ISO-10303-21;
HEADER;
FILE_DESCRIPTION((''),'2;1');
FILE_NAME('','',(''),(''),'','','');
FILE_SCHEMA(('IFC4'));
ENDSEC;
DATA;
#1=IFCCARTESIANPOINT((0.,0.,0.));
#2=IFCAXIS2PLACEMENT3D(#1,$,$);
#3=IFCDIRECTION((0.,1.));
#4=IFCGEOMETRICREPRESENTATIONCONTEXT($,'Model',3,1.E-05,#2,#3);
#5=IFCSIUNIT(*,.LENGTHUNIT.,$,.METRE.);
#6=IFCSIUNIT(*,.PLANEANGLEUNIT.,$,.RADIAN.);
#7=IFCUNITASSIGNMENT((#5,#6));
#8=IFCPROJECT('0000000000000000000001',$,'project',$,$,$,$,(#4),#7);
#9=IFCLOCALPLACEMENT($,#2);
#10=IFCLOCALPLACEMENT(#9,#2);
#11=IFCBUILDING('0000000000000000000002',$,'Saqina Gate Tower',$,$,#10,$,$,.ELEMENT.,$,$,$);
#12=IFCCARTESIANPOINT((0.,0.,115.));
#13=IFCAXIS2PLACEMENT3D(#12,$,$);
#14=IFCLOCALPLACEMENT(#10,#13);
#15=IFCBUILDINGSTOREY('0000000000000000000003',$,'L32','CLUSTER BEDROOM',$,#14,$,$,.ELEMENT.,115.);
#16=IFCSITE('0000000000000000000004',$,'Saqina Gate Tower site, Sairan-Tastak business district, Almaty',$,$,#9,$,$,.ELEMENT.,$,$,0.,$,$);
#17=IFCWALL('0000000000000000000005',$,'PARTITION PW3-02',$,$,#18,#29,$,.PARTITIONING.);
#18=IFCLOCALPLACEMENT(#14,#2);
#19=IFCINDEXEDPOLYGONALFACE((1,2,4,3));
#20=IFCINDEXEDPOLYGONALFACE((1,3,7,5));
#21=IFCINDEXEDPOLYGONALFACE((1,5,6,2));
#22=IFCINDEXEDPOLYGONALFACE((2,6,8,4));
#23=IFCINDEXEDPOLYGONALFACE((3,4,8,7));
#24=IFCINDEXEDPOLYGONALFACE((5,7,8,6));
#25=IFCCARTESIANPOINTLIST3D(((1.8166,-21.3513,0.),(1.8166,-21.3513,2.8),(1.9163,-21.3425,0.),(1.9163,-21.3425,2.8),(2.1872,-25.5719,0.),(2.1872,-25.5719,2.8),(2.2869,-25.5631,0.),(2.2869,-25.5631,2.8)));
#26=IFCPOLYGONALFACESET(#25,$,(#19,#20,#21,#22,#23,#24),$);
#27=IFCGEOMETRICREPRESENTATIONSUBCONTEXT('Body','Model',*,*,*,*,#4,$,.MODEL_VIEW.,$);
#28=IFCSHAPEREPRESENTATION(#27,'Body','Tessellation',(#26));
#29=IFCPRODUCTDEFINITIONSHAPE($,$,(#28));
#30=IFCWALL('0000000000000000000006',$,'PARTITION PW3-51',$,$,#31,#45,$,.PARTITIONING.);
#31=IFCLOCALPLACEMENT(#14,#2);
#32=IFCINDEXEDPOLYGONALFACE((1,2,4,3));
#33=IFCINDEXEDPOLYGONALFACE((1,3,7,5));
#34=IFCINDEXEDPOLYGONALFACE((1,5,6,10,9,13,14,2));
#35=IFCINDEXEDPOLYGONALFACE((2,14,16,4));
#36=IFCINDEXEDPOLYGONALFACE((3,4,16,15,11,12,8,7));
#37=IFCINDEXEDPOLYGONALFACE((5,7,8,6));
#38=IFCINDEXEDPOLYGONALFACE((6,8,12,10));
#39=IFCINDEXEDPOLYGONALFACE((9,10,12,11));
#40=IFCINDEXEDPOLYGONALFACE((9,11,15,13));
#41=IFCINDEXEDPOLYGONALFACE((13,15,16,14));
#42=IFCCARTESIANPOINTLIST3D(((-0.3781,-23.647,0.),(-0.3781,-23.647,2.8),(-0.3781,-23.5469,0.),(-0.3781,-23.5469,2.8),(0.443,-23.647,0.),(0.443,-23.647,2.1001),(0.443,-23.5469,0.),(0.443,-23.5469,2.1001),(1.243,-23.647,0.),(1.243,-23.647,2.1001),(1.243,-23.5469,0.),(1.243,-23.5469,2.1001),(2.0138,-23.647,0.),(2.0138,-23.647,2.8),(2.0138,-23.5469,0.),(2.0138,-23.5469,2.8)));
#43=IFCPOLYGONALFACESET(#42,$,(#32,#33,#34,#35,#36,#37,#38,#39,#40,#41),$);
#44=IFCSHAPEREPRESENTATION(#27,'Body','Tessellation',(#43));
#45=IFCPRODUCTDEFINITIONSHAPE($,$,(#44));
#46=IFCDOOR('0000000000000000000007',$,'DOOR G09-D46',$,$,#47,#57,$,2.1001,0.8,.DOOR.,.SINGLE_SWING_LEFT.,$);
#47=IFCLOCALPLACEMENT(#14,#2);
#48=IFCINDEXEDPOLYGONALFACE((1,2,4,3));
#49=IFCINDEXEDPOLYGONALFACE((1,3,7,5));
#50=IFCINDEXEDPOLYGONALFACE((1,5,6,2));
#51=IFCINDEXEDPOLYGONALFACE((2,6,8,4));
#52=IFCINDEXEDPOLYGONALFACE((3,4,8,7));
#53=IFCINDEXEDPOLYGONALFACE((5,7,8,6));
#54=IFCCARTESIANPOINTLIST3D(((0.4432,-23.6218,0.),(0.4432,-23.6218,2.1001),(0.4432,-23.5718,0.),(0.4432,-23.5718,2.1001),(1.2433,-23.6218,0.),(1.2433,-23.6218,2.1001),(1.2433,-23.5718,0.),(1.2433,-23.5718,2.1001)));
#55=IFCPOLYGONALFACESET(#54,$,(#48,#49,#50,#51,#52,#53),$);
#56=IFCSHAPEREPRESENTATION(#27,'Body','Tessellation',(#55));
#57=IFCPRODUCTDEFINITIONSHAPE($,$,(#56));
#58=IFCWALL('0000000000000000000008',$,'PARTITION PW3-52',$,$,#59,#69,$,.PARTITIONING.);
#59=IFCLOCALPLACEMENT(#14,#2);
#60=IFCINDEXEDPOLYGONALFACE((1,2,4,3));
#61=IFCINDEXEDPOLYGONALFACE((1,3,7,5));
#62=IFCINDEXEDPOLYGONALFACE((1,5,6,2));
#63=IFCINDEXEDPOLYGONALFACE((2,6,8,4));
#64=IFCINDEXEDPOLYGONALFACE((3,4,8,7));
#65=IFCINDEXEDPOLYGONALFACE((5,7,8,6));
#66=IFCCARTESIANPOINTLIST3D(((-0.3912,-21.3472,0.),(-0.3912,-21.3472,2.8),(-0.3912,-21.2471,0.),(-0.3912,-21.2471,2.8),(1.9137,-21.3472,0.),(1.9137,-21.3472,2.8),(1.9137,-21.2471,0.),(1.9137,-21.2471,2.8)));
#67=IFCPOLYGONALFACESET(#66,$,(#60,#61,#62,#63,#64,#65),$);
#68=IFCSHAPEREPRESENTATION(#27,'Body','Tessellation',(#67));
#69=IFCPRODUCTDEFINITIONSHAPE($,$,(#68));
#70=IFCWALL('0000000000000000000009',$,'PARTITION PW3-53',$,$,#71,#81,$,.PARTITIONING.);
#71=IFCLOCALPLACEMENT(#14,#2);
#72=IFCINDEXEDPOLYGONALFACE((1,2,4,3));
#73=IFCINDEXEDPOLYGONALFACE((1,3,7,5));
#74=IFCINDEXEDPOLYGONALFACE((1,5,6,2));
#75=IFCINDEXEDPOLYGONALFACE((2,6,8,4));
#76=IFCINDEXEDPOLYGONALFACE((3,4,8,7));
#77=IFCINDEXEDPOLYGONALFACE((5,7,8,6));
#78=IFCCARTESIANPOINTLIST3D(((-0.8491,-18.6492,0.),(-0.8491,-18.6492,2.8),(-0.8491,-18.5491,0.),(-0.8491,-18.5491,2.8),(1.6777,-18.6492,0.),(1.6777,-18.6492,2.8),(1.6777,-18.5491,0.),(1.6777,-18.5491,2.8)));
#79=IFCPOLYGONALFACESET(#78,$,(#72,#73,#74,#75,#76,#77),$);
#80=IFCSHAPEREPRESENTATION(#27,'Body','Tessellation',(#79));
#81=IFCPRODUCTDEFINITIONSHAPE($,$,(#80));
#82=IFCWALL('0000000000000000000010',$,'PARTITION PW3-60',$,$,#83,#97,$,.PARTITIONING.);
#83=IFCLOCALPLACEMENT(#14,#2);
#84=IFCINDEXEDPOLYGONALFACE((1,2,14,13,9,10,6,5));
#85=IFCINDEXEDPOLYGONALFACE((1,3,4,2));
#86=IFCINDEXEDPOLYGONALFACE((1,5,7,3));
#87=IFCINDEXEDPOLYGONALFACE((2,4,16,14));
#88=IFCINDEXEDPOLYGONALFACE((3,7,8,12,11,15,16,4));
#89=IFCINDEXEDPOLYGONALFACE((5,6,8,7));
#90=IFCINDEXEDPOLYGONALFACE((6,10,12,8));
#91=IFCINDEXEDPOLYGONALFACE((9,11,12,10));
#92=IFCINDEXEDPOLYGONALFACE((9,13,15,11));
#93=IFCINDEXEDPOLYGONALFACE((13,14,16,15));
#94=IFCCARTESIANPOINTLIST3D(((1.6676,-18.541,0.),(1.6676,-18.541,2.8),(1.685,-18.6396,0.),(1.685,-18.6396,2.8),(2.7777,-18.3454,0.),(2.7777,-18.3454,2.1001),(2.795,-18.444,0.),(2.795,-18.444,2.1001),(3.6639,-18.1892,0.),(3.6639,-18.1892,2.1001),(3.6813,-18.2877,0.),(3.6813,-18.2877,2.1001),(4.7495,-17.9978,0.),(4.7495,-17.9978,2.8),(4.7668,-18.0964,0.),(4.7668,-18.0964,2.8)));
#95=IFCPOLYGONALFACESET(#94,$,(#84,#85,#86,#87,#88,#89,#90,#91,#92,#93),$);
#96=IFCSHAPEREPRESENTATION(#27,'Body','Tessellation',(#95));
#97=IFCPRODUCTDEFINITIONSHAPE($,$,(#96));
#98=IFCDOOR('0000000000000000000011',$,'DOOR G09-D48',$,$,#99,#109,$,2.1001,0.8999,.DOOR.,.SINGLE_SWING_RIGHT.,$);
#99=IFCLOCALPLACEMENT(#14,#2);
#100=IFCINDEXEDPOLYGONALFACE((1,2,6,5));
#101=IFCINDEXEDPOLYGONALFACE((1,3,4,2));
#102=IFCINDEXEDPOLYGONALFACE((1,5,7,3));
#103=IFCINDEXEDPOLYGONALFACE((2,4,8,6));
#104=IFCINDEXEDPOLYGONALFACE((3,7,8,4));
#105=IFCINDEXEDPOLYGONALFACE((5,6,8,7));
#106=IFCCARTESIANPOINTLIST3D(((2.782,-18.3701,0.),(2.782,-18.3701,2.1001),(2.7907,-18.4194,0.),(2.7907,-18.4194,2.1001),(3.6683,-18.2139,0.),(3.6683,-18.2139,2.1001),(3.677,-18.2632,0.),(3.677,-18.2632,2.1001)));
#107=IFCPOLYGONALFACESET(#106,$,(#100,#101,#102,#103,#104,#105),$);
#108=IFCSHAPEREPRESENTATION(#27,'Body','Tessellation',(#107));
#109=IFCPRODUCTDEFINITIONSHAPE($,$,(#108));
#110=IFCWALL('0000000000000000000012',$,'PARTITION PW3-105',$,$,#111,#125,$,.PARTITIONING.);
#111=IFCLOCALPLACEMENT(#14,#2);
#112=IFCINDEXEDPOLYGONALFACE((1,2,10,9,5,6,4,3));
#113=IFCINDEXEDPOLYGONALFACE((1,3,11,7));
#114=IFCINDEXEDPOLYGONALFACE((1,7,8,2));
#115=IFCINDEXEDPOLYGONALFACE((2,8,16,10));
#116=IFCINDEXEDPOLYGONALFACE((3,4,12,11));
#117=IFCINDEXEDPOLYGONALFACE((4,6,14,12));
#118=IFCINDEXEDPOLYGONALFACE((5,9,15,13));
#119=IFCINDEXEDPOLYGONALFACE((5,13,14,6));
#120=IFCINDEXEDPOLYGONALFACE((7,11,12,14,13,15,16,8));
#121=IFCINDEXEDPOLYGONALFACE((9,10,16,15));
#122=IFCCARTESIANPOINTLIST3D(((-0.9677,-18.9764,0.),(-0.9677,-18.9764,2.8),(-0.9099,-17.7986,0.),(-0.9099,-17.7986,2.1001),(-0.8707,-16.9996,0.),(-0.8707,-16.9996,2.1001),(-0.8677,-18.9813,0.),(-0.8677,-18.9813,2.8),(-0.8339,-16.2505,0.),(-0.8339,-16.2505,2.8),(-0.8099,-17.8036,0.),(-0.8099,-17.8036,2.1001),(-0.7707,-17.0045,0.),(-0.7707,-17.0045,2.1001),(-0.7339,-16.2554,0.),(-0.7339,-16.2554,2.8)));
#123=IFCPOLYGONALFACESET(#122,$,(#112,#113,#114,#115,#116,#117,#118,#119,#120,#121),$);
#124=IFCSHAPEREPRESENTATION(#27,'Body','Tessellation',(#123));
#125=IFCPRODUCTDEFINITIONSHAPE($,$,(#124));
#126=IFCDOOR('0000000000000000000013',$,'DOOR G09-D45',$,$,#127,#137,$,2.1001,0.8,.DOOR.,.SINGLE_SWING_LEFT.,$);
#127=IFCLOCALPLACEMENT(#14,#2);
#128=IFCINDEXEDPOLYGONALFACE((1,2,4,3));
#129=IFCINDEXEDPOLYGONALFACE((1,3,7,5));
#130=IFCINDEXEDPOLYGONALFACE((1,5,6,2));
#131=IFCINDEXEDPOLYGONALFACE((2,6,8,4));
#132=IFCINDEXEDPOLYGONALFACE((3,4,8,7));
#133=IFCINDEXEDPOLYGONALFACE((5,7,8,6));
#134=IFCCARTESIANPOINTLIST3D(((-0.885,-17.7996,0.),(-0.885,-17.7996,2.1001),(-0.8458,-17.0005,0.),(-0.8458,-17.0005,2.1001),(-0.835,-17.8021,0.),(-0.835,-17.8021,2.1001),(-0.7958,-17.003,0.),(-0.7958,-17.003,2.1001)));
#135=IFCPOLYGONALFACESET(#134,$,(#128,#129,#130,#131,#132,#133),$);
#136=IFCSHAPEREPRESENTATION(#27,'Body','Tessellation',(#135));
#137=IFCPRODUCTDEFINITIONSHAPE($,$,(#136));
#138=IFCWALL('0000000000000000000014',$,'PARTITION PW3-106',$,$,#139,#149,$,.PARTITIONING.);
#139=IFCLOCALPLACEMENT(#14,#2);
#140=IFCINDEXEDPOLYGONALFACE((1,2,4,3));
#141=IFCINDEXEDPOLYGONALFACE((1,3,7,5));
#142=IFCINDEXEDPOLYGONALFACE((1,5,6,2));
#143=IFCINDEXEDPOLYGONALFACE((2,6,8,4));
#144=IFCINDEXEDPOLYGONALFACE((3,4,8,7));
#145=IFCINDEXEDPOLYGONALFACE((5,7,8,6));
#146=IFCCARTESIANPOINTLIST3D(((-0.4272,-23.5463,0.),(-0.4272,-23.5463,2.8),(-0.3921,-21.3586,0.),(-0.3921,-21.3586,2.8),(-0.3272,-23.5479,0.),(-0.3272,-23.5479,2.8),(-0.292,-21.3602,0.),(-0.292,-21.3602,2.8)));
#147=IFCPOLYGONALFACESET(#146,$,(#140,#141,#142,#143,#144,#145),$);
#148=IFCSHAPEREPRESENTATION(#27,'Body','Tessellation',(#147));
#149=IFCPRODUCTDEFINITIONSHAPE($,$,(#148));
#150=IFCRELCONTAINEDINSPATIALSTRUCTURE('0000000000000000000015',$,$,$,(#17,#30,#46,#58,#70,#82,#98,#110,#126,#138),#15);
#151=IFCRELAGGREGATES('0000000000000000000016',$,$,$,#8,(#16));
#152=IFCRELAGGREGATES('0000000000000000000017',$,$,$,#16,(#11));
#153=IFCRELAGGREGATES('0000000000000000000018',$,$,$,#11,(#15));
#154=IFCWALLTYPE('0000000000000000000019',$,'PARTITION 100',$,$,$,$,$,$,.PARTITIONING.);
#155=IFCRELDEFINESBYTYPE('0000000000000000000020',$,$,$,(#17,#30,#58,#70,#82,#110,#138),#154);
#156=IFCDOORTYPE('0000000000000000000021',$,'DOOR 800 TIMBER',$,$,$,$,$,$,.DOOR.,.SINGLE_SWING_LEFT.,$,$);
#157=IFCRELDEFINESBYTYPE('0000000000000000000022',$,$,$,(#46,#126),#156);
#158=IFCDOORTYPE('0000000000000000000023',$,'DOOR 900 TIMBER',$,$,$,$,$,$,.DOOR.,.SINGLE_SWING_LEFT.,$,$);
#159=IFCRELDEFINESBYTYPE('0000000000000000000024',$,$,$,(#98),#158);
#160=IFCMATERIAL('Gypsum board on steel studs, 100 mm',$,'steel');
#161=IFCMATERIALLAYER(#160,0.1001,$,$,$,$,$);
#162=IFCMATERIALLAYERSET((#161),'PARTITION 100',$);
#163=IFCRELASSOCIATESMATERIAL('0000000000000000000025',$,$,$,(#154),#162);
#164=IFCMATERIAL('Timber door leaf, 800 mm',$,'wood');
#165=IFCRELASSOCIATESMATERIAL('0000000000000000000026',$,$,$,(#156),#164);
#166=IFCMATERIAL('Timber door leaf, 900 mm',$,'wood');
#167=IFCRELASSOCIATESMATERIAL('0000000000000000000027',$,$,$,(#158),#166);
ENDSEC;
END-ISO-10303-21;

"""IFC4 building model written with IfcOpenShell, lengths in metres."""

from ifc_helpers import new_model, si_unit, direction, frame, frame_2d, origin, place, context, subcontext, project, spatial, rectangle, extrude, material, layer, layer_set, type_object, element, fill, save


model = new_model("IFC4")

# Units and contexts
model_context = context("Model", 3, precision=1e-05, world=origin(), true_north=direction((0.0, 1.0)))
body_context = subcontext(model_context, "Body", "Model", "MODEL_VIEW")
ifc_project = project(units=[si_unit("LENGTHUNIT", "METRE"), si_unit("PLANEANGLEUNIT", "RADIAN")], contexts=[model_context])

# Site, building, storey
site_placement = place(None, origin())
site = spatial("IfcSite", under=ifc_project, at=site_placement, Name="Saqina Gate Tower site, Sairan-Tastak business district, Almaty", CompositionType="ELEMENT", RefElevation=0.0)
building_placement = place(site_placement, origin())
building = spatial("IfcBuilding", under=site, at=building_placement, Name="Saqina Gate Tower", CompositionType="ELEMENT")
storey_placement = place(building_placement, frame((0.0, 0.0, 115.0)))
storey = spatial("IfcBuildingStorey", under=building, at=storey_placement, Name="L32", Description="CLUSTER BEDROOM", CompositionType="ELEMENT", Elevation=115.0)

# Wall
ifc_material_1 = material(Name="Gypsum board on steel studs, 100 mm", Category="steel")
ifc_layer_1 = layer(ifc_material_1, 0.1001)
ifc_layer_set_1 = layer_set([ifc_layer_1], Name="PARTITION 100")
wall_type_1 = type_object("IfcWallType", Name="PARTITION 100", PredefinedType="PARTITIONING", material=ifc_layer_set_1)
wall_1_placement = place(storey_placement, frame((1.8665, -21.3469, 0.0), z_axis=(0.0, 0.0, 1.0), x_axis=(0.087475, -0.996167, 0.0)))
element("IfcWall", 1, at=wall_1_placement, inside=storey, type_object=wall_type_1, Name="PARTITION PW3-02", PredefinedType="PARTITIONING", context=body_context, shape_type="SweptSolid", body=[
    extrude(rectangle(XDim=4.2368, YDim=0.1001, at=frame_2d((2.1184, 0.0))), origin(), (0.0, 0.0, 1.0), 2.8),
])

# Wall, opening, door
wall_2_placement = place(storey_placement, frame((-0.3779, -23.5969, 0.0), z_axis=(0.0, 0.0, 1.0), x_axis=(1.0, 0.0, 0.0)))
wall_2 = element("IfcWall", 2, at=wall_2_placement, inside=storey, type_object=wall_type_1, Name="PARTITION PW3-51", PredefinedType="PARTITIONING", context=body_context, shape_type="SweptSolid", body=[
    extrude(rectangle(XDim=2.3918, YDim=0.1001, at=frame_2d((1.1958, 0.0))), origin(), (0.0, 0.0, 1.0), 2.8),
])
opening_1_placement = place(wall_2_placement, frame((0.821, 0.0, 0.0)))
opening_1 = element("IfcOpeningElement", 3, at=opening_1_placement, cuts=wall_2, PredefinedType="OPENING", context=body_context, shape_type="SweptSolid", body=[
    extrude(rectangle(XDim=0.8, YDim=2.1001, at=frame_2d((0.3999, 1.05))), frame((0.0, 0.062, 0.0), z_axis=(0.0, -1.0, 0.0), x_axis=(1.0, 0.0, 0.0)), (0.0, 0.0, 1.0), 0.124),
])
ifc_material_2 = material(Name="Timber door leaf, 800 mm", Category="wood")
door_type_1 = type_object("IfcDoorType", Name="DOOR 800 TIMBER", OperationType="SINGLE_SWING_LEFT", PredefinedType="DOOR", material=ifc_material_2)
door_1_placement = place(opening_1_placement, frame((0.8, 0.0, 0.0), z_axis=(0.0, 0.0, 1.0), x_axis=(-1.0, 0.0, 0.0)))
door_1 = element("IfcDoor", 4, at=door_1_placement, inside=storey, type_object=door_type_1, Name="DOOR G09-D46", OperationType="SINGLE_SWING_LEFT", OverallHeight=2.1001, OverallWidth=0.8, PredefinedType="DOOR", context=body_context, shape_type="SweptSolid", body=[
    extrude(rectangle(XDim=0.8, YDim=2.1001, at=frame_2d((0.3999, 1.05))), frame((0.0, 0.0249, 0.0), z_axis=(0.0, -1.0, 0.0), x_axis=(1.0, 0.0, 0.0)), (0.0, 0.0, 1.0), 0.05),
])
fill(opening_1, door_1)

# Walls
wall_3_placement = place(storey_placement, frame((-0.3911, -21.2971, 0.0), z_axis=(0.0, 0.0, 1.0), x_axis=(1.0, 0.0, 0.0)))
element("IfcWall", 5, at=wall_3_placement, inside=storey, type_object=wall_type_1, Name="PARTITION PW3-52", PredefinedType="PARTITIONING", context=body_context, shape_type="SweptSolid", body=[
    extrude(rectangle(XDim=2.3049, YDim=0.1001, at=frame_2d((1.1523, 0.0))), origin(), (0.0, 0.0, 1.0), 2.8),
])
wall_4_placement = place(storey_placement, frame((-0.8491, -18.5991, 0.0), z_axis=(0.0, 0.0, 1.0), x_axis=(1.0, 0.0, 0.0)))
element("IfcWall", 6, at=wall_4_placement, inside=storey, type_object=wall_type_1, Name="PARTITION PW3-53", PredefinedType="PARTITIONING", context=body_context, shape_type="SweptSolid", body=[
    extrude(rectangle(XDim=2.5269, YDim=0.1001, at=frame_2d((1.2634, 0.0))), origin(), (0.0, 0.0, 1.0), 2.8),
])

# Walls, openings, doors
wall_5_placement = place(storey_placement, frame((1.6763, -18.5903, 0.0), z_axis=(0.0, 0.0, 1.0), x_axis=(0.984818, 0.17359, 0.0)))
wall_5 = element("IfcWall", 7, at=wall_5_placement, inside=storey, type_object=wall_type_1, Name="PARTITION PW3-60", PredefinedType="PARTITIONING", context=body_context, shape_type="SweptSolid", body=[
    extrude(rectangle(XDim=3.1294, YDim=0.1001, at=frame_2d((1.5647, 0.0))), origin(), (0.0, 0.0, 1.0), 2.8),
])
opening_2_placement = place(wall_5_placement, frame((1.1272, 0.0, 0.0)))
opening_2 = element("IfcOpeningElement", 8, at=opening_2_placement, cuts=wall_5, PredefinedType="OPENING", context=body_context, shape_type="SweptSolid", body=[
    extrude(rectangle(XDim=0.8999, YDim=2.1001, at=frame_2d((0.45, 1.05))), frame((0.0, 0.062, 0.0), z_axis=(0.0, -1.0, 0.0), x_axis=(1.0, 0.0, 0.0)), (0.0, 0.0, 1.0), 0.124),
])
ifc_material_3 = material(Name="Timber door leaf, 900 mm", Category="wood")
door_type_2 = type_object("IfcDoorType", Name="DOOR 900 TIMBER", OperationType="SINGLE_SWING_LEFT", PredefinedType="DOOR", material=ifc_material_3)
door_2_placement = place(opening_2_placement, origin())
door_2 = element("IfcDoor", 9, at=door_2_placement, inside=storey, type_object=door_type_2, Name="DOOR G09-D48", OperationType="SINGLE_SWING_RIGHT", OverallHeight=2.1001, OverallWidth=0.8999, PredefinedType="DOOR", context=body_context, shape_type="SweptSolid", body=[
    extrude(rectangle(XDim=0.8999, YDim=2.1001, at=frame_2d((0.45, 1.05))), frame((0.0, 0.0249, 0.0), z_axis=(0.0, -1.0, 0.0), x_axis=(1.0, 0.0, 0.0)), (0.0, 0.0, 1.0), 0.05),
])
fill(opening_2, door_2)
wall_6_placement = place(storey_placement, frame((-0.9177, -18.979, 0.0), z_axis=(0.0, 0.0, 1.0), x_axis=(0.049019, 0.998798, 0.0)))
wall_6 = element("IfcWall", 10, at=wall_6_placement, inside=storey, type_object=wall_type_1, Name="PARTITION PW3-105", PredefinedType="PARTITIONING", context=body_context, shape_type="SweptSolid", body=[
    extrude(rectangle(XDim=2.7292, YDim=0.1001, at=frame_2d((1.3647, 0.0))), origin(), (0.0, 0.0, 1.0), 2.8),
])
opening_3_placement = place(wall_6_placement, frame((1.1794, 0.0, 0.0)))
opening_3 = element("IfcOpeningElement", 11, at=opening_3_placement, cuts=wall_6, PredefinedType="OPENING", context=body_context, shape_type="SweptSolid", body=[
    extrude(rectangle(XDim=0.8, YDim=2.1001, at=frame_2d((0.3999, 1.05))), frame((0.0, 0.062, 0.0), z_axis=(0.0, -1.0, 0.0), x_axis=(1.0, 0.0, 0.0)), (0.0, 0.0, 1.0), 0.124),
])
door_3_placement = place(opening_3_placement, frame((0.8, 0.0, 0.0), z_axis=(0.0, 0.0, 1.0), x_axis=(-1.0, 0.0, 0.0)))
door_3 = element("IfcDoor", 12, at=door_3_placement, inside=storey, type_object=door_type_1, Name="DOOR G09-D45", OperationType="SINGLE_SWING_LEFT", OverallHeight=2.1001, OverallWidth=0.8, PredefinedType="DOOR", context=body_context, shape_type="SweptSolid", body=[
    extrude(rectangle(XDim=0.8, YDim=2.1001, at=frame_2d((0.3999, 1.05))), frame((0.0, 0.0249, 0.0), z_axis=(0.0, -1.0, 0.0), x_axis=(1.0, 0.0, 0.0)), (0.0, 0.0, 1.0), 0.05),
])
fill(opening_3, door_3)

# Wall
wall_7_placement = place(storey_placement, frame((-0.3772, -23.5471, 0.0), z_axis=(0.0, 0.0, 1.0), x_axis=(0.016068, 0.999871, 0.0)))
element("IfcWall", 13, at=wall_7_placement, inside=storey, type_object=wall_type_1, Name="PARTITION PW3-106", PredefinedType="PARTITIONING", context=body_context, shape_type="SweptSolid", body=[
    extrude(rectangle(XDim=2.188, YDim=0.1001, at=frame_2d((1.094, 0.0))), origin(), (0.0, 0.0, 1.0), 2.8),
])

save(model, "model.ifc")
